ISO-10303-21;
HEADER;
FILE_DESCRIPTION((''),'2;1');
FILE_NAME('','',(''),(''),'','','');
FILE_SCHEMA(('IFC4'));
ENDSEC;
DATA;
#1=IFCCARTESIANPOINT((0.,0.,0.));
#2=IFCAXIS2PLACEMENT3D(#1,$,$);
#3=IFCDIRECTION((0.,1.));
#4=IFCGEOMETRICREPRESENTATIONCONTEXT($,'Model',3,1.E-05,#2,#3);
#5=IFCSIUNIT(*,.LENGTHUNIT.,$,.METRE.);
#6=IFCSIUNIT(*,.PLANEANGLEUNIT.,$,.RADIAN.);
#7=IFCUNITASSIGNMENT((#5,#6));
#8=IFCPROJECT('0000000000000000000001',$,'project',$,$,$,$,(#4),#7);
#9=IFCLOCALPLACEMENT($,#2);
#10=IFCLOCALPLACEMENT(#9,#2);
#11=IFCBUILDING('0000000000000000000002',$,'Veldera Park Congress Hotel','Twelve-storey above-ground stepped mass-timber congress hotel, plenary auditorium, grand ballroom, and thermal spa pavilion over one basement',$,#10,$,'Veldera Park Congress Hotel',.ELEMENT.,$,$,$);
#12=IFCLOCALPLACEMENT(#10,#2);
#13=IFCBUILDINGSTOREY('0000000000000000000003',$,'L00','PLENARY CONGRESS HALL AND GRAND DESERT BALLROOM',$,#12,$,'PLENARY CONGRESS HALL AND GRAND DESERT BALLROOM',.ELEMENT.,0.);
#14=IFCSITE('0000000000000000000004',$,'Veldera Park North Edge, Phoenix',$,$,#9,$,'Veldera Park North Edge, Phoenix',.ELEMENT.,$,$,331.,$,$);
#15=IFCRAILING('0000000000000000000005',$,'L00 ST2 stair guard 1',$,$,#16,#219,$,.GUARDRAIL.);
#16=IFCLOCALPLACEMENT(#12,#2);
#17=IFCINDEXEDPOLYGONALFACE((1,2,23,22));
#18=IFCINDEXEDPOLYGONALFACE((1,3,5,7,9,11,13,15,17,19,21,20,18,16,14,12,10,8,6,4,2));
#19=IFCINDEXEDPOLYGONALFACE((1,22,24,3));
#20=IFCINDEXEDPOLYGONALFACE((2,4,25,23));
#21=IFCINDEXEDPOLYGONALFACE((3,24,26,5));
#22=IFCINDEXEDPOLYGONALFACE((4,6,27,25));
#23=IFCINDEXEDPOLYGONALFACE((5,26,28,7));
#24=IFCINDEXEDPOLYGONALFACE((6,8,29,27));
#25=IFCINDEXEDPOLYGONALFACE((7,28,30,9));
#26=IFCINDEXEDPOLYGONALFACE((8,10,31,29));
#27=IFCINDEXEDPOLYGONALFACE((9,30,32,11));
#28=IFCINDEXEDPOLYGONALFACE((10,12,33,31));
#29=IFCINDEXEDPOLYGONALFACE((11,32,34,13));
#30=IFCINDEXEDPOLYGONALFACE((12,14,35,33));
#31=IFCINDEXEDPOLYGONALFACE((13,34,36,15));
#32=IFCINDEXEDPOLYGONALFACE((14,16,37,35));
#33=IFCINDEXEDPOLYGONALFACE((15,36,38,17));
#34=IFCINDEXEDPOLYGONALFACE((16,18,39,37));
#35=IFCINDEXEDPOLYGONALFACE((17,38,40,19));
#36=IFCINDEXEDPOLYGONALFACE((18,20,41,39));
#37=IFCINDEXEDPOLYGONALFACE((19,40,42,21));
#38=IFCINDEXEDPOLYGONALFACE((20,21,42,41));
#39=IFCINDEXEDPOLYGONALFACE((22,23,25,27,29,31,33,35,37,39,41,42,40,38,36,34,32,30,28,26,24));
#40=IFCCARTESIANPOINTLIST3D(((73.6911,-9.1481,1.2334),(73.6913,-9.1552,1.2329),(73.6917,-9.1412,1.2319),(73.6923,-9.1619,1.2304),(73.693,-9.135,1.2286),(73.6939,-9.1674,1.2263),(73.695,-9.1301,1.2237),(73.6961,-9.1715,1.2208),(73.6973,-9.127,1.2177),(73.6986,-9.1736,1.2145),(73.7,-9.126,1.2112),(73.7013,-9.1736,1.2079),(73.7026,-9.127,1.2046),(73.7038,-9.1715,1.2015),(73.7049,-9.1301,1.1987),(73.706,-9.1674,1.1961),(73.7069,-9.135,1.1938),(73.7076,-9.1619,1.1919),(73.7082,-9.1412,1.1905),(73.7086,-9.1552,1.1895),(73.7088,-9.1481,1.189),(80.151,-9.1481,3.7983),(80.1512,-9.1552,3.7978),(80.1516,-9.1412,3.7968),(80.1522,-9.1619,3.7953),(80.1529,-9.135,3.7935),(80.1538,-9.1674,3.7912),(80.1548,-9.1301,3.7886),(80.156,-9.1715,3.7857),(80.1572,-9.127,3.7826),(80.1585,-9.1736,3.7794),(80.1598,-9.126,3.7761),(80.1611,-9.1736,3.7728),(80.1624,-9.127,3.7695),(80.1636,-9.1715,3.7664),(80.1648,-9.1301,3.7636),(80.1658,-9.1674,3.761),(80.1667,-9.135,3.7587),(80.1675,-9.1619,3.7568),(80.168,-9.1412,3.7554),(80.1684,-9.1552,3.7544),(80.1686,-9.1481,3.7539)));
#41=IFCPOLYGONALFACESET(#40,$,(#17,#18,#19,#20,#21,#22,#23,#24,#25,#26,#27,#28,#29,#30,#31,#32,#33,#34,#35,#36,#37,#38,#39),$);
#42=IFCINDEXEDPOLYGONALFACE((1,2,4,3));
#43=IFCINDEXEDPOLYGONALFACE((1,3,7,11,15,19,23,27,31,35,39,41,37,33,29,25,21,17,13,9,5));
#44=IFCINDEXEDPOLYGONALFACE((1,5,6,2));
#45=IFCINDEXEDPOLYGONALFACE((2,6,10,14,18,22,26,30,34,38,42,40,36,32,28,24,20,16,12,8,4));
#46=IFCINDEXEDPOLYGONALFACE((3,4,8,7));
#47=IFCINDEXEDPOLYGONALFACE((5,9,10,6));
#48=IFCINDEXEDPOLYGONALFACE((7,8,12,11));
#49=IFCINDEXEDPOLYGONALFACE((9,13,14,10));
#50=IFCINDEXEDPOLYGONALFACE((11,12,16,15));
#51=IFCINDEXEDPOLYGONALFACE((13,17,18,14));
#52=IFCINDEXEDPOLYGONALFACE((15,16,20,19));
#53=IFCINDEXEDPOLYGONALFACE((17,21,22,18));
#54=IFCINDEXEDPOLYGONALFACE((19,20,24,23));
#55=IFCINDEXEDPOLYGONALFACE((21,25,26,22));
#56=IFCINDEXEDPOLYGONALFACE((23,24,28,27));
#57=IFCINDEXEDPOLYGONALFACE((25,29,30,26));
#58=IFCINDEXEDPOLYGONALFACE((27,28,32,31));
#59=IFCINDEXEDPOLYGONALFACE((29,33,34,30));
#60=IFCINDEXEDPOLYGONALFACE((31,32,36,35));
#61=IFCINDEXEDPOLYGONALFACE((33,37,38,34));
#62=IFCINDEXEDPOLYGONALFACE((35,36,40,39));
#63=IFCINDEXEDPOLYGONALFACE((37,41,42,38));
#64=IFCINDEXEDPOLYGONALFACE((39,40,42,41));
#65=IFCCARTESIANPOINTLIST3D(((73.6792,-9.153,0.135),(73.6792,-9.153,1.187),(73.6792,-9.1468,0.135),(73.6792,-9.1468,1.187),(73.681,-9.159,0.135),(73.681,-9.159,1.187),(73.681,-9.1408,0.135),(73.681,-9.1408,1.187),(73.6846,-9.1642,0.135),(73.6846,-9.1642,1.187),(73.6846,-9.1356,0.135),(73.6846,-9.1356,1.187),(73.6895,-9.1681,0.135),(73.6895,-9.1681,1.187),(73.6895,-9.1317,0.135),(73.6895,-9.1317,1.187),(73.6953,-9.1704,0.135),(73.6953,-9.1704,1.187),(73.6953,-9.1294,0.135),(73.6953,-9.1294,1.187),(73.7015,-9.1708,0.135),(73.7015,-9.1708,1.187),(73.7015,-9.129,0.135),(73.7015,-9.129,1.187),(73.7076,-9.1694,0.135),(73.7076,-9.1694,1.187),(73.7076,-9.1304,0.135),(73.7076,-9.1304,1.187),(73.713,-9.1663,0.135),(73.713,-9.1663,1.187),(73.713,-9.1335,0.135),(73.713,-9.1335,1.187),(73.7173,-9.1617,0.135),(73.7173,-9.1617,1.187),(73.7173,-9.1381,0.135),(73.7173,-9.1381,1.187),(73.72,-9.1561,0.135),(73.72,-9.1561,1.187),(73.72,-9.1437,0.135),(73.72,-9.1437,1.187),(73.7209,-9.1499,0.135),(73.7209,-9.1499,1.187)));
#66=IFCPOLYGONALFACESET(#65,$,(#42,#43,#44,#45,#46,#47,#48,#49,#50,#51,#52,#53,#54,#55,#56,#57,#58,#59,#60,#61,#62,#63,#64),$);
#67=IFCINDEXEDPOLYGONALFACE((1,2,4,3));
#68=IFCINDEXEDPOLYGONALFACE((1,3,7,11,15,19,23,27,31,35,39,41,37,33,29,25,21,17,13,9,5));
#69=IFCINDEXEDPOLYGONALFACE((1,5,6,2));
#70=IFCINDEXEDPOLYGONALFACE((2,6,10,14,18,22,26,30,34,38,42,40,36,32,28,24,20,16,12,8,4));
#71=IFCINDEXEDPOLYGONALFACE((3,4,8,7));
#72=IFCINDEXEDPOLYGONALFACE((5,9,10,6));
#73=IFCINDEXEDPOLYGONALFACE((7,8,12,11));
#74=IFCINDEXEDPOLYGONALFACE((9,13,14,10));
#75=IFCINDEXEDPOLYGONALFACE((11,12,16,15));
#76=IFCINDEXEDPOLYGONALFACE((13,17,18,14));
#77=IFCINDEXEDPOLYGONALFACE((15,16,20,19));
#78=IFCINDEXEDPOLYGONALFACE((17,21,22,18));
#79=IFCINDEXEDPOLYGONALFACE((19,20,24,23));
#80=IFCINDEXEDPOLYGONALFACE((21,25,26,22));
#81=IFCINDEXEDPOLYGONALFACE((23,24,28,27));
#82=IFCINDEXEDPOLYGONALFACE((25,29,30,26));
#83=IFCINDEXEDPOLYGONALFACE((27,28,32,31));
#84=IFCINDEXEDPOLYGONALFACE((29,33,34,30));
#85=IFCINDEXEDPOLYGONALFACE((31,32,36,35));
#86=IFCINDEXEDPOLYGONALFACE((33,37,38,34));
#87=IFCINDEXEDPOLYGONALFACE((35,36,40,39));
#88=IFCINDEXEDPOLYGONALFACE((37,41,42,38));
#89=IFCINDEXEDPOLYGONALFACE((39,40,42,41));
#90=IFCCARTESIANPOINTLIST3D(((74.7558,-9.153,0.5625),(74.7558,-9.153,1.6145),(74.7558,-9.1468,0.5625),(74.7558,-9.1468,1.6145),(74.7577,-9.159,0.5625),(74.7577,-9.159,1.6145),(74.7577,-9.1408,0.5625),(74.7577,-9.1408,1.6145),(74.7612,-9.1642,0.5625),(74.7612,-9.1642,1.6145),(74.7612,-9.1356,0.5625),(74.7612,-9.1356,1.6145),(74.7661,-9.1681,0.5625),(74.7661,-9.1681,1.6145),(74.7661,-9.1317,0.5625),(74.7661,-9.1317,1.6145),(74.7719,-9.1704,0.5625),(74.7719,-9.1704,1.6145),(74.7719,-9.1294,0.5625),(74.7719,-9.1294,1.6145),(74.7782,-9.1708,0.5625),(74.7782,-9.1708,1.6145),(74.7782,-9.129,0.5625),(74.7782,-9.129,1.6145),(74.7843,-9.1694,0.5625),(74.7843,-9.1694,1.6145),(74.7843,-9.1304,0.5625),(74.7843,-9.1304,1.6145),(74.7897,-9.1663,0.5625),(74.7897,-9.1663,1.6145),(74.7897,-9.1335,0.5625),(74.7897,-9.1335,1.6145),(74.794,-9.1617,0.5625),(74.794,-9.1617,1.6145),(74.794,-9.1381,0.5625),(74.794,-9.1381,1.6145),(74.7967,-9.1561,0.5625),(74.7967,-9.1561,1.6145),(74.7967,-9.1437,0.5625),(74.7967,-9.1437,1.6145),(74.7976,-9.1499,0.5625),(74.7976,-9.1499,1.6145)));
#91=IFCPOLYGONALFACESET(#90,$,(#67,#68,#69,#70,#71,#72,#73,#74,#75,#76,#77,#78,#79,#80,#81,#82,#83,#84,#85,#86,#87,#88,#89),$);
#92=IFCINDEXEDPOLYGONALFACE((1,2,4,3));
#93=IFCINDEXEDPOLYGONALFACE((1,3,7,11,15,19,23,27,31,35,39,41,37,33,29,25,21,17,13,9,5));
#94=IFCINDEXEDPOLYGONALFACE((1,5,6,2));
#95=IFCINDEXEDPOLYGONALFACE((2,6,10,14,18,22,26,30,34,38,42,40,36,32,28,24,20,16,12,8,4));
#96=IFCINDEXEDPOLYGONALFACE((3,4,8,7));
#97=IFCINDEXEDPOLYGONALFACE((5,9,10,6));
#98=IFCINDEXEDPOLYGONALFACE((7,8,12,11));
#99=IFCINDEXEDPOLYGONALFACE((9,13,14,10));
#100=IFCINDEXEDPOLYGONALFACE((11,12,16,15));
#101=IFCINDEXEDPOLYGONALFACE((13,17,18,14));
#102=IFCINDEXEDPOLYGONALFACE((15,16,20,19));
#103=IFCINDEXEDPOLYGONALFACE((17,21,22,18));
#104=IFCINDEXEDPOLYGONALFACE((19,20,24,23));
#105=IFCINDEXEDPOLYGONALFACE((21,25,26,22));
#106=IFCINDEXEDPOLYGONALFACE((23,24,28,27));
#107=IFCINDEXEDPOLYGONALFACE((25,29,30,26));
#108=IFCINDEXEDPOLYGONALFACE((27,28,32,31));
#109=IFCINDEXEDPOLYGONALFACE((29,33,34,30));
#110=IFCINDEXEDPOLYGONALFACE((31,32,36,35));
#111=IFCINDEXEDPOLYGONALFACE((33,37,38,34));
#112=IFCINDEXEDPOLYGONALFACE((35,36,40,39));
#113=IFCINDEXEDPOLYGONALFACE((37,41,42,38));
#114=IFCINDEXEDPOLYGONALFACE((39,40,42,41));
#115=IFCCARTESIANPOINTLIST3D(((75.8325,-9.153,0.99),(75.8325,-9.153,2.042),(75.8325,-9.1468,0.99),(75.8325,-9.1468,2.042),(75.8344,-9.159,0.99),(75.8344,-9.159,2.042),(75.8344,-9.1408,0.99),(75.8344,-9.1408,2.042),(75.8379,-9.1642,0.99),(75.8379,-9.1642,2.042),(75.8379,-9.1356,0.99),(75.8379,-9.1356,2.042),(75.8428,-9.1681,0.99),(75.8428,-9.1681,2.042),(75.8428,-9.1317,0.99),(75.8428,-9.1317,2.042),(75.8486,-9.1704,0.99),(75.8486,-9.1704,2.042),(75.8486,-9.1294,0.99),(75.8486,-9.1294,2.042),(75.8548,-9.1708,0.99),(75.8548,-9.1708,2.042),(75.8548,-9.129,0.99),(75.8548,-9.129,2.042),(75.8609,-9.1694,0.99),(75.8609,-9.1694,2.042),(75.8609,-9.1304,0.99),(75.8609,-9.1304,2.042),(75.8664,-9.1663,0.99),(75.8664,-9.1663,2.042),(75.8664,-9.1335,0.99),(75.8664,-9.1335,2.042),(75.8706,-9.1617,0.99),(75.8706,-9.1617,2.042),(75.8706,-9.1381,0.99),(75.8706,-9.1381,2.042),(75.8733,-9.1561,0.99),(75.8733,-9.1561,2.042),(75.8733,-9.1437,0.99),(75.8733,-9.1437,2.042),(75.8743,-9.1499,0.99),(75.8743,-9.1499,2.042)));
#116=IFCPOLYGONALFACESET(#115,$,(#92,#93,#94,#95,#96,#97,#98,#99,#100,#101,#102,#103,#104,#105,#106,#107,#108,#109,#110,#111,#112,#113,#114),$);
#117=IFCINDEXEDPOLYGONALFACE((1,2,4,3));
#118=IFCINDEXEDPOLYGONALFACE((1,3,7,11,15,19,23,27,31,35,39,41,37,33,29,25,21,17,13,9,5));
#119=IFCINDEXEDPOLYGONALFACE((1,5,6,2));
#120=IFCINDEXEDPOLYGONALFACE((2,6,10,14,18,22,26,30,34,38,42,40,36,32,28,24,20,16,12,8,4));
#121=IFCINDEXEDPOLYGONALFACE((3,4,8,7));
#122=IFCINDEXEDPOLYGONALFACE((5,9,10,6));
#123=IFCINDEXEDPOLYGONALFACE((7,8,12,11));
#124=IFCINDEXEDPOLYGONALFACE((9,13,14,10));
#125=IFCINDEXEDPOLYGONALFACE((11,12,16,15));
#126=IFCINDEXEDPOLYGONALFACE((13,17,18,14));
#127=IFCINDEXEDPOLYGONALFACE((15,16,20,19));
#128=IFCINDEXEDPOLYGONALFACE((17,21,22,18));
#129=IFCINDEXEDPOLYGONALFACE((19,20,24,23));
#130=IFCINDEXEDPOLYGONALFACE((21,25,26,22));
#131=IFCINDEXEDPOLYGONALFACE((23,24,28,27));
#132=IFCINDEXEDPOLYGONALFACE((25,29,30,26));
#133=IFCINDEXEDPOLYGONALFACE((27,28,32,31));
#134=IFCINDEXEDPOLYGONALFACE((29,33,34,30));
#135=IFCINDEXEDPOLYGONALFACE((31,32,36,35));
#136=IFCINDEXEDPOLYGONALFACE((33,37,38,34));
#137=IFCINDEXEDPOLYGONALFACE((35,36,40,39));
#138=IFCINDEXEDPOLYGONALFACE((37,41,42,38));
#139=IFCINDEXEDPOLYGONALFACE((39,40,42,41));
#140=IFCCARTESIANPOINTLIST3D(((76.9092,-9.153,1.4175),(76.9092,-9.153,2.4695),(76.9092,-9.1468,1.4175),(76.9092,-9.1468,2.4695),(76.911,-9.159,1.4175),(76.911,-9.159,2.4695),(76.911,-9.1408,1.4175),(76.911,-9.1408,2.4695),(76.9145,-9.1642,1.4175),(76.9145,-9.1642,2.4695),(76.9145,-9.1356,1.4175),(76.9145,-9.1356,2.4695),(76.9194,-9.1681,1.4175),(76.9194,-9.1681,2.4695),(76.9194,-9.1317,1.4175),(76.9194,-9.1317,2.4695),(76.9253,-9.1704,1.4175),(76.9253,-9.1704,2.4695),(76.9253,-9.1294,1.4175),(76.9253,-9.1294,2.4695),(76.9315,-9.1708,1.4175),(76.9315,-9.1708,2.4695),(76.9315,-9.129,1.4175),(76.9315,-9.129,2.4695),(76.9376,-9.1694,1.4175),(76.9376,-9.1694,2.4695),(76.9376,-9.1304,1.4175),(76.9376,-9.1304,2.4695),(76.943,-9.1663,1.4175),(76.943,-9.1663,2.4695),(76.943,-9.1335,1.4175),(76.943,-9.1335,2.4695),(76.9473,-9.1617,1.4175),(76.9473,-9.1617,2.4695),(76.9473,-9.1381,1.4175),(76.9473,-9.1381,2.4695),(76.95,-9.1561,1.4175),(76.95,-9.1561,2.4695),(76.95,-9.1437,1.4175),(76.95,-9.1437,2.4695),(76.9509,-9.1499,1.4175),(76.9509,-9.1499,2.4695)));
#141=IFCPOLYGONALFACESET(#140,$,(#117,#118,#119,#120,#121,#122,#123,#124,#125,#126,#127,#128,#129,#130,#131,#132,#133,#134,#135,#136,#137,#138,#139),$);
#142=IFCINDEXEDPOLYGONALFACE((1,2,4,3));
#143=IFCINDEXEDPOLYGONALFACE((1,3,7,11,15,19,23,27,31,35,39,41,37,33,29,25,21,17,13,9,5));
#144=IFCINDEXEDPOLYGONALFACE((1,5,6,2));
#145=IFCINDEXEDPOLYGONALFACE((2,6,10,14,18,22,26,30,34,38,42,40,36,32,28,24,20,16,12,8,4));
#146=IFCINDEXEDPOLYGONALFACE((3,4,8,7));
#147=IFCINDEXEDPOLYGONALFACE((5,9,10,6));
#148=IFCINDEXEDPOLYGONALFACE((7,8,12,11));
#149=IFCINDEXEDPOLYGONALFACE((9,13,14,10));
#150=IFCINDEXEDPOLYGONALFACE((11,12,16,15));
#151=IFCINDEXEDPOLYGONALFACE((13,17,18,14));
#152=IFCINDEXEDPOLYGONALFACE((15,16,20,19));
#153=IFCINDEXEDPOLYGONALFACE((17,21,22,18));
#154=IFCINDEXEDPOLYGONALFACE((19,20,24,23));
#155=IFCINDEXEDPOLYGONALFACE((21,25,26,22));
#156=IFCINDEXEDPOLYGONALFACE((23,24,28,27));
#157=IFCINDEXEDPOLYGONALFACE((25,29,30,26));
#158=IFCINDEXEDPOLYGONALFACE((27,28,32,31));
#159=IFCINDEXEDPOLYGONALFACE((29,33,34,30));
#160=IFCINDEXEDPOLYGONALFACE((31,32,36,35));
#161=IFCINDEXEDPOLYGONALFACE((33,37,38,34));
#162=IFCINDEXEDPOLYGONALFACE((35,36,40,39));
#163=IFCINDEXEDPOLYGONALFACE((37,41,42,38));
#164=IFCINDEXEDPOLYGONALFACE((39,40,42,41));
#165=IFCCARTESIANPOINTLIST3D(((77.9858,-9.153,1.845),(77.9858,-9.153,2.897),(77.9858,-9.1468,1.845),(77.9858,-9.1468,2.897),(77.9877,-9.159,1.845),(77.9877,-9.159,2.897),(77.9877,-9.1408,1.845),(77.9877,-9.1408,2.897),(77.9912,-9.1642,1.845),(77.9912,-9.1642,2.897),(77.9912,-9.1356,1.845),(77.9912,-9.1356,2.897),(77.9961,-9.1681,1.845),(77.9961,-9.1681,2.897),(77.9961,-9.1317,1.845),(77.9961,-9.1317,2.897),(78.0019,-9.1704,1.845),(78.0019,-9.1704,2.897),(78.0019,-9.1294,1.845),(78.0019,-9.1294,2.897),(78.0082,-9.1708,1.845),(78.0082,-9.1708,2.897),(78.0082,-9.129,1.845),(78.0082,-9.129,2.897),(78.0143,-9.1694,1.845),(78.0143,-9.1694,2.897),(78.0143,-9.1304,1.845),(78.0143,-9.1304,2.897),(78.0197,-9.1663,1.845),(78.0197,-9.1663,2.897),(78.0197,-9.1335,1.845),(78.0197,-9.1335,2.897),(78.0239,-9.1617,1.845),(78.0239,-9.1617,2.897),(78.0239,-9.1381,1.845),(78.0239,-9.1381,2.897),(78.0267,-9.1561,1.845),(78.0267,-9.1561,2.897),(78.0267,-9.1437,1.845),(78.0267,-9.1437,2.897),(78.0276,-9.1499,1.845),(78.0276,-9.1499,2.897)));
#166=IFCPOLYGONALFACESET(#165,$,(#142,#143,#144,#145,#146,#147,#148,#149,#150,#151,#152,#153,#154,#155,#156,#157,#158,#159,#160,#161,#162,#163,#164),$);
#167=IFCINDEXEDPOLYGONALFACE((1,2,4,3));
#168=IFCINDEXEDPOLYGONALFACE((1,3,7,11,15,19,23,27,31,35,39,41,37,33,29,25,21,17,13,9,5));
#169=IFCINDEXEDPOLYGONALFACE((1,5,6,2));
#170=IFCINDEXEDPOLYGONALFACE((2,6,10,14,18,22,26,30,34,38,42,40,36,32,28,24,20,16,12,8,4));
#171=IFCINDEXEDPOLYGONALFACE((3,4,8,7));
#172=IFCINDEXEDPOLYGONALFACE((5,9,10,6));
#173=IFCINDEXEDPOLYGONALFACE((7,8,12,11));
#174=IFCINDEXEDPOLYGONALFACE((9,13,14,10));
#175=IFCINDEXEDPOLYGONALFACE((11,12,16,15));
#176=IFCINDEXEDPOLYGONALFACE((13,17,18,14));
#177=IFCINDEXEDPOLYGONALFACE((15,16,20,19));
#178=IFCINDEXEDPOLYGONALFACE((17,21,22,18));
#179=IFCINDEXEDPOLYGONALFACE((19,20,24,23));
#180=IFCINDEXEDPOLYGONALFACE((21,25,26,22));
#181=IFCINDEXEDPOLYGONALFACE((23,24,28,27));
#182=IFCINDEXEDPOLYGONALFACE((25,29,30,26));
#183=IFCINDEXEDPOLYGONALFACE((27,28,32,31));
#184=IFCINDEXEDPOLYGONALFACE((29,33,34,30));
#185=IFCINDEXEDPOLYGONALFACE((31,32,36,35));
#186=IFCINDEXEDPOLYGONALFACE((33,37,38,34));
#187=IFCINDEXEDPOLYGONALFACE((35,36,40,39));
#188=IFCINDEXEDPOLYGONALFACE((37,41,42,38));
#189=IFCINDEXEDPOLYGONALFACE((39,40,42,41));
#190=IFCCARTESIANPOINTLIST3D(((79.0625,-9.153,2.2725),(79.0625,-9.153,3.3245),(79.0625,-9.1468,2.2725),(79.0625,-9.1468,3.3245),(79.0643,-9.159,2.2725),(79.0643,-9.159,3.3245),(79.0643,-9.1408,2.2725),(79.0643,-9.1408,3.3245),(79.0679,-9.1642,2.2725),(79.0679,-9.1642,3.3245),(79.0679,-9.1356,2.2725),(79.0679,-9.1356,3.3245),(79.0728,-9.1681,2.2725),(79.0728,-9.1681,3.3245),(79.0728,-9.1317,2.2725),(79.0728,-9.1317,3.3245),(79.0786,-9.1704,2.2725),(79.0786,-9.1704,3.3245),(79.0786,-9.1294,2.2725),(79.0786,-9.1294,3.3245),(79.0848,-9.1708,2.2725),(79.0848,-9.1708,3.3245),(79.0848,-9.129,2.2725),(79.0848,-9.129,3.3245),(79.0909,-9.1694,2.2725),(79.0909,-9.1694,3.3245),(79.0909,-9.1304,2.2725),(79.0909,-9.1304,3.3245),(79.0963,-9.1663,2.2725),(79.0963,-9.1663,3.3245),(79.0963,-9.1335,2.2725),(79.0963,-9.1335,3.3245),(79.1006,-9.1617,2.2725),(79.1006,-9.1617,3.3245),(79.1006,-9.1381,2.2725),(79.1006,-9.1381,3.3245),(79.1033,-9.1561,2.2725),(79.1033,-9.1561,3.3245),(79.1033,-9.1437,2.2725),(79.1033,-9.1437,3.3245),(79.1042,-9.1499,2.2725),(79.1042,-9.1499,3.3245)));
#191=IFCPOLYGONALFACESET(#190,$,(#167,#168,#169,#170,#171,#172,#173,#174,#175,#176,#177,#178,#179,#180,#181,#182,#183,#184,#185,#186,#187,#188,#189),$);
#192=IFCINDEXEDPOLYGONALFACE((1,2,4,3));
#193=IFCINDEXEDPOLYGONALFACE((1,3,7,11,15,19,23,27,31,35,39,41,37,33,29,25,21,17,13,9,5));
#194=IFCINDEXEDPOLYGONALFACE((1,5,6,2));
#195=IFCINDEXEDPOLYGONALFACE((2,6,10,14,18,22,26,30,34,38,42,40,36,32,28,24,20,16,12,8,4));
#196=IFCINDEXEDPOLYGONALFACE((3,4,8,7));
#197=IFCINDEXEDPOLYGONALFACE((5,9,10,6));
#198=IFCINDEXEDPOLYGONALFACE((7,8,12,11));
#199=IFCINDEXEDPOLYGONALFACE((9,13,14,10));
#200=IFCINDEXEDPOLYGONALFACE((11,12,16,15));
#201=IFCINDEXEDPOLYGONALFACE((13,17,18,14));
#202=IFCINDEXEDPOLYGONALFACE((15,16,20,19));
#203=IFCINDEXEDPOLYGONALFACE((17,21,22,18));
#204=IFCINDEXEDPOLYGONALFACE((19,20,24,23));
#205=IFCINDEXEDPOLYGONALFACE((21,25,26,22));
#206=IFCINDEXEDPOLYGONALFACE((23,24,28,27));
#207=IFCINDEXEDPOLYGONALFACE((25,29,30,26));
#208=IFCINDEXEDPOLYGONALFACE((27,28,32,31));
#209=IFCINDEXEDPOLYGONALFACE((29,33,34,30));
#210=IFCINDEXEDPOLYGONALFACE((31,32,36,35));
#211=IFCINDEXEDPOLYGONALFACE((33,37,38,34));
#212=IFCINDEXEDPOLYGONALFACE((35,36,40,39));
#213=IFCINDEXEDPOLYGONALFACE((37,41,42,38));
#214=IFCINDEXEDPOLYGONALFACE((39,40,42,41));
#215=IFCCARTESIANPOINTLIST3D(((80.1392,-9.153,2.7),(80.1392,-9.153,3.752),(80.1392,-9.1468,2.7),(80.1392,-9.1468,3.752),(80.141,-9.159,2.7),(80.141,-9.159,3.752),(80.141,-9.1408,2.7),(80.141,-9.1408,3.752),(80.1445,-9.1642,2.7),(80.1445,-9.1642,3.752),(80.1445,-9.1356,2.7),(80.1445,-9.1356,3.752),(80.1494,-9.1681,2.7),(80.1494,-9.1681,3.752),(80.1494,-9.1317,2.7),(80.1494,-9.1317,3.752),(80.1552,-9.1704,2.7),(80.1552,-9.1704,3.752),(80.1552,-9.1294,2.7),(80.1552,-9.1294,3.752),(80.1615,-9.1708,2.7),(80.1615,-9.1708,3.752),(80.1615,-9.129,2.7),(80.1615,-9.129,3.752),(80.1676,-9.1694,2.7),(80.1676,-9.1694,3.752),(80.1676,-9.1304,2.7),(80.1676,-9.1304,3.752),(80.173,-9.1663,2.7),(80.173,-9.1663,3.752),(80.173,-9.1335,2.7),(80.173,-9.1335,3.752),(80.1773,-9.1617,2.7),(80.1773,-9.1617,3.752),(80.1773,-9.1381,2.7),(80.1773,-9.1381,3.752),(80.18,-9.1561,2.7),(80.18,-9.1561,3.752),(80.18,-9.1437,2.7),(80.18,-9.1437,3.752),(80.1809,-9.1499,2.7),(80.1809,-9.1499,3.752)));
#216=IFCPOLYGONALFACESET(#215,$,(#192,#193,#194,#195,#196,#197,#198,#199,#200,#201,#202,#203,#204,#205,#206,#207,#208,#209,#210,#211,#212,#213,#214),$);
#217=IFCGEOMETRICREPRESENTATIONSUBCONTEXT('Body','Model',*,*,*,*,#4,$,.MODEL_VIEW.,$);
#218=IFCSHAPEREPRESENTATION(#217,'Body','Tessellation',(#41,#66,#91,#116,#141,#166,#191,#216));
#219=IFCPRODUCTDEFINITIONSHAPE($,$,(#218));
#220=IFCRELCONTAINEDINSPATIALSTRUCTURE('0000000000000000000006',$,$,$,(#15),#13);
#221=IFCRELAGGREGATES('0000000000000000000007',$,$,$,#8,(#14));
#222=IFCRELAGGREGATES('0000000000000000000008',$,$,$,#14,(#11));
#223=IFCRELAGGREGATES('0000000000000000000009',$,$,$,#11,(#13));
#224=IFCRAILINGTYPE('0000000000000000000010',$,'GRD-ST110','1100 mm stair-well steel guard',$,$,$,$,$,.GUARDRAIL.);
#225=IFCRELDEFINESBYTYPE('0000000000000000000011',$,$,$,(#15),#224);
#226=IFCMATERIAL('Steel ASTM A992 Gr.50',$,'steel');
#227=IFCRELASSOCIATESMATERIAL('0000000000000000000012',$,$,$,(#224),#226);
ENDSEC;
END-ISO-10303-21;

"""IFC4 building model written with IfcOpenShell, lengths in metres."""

from ifc_helpers import new_model, si_unit, direction, frame, origin, origin_2d, place, context, subcontext, project, spatial, circle, extrude, material, type_object, element, save


model = new_model("IFC4")

# Units and contexts
model_context = context("Model", 3, precision=1e-05, world=origin(), true_north=direction((0.0, 1.0)))
body_context = subcontext(model_context, "Body", "Model", "MODEL_VIEW")
ifc_project = project(units=[si_unit("LENGTHUNIT", "METRE"), si_unit("PLANEANGLEUNIT", "RADIAN")], contexts=[model_context])

# Site, building, storey
site_placement = place(None, origin())
site = spatial("IfcSite", under=ifc_project, at=site_placement, Name="Veldera Park North Edge, Phoenix", LongName="Veldera Park North Edge, Phoenix", CompositionType="ELEMENT", RefElevation=331.0)
building_placement = place(site_placement, origin())
building = spatial("IfcBuilding", under=site, at=building_placement, Name="Veldera Park Congress Hotel", Description="Twelve-storey above-ground stepped mass-timber congress hotel, plenary auditorium, grand ballroom, and thermal spa pavilion over one basement", LongName="Veldera Park Congress Hotel", CompositionType="ELEMENT")
storey_placement = place(building_placement, origin())
storey = spatial("IfcBuildingStorey", under=building, at=storey_placement, Name="L00", Description="PLENARY CONGRESS HALL AND GRAND DESERT BALLROOM", LongName="PLENARY CONGRESS HALL AND GRAND DESERT BALLROOM", CompositionType="ELEMENT", Elevation=0.0)

# Railing
ifc_material_1 = material(Name="Steel ASTM A992 Gr.50", Category="steel")
railing_type_1 = type_object("IfcRailingType", Name="GRD-ST110", Description="1100 mm stair-well steel guard", PredefinedType="GUARDRAIL", material=ifc_material_1)
railing_1_placement = place(storey_placement, frame((73.7, -9.1499, 0.135)))
element("IfcRailing", 1, at=railing_1_placement, inside=storey, type_object=railing_type_1, Name="L00 ST2 stair guard 1", PredefinedType="GUARDRAIL", context=body_context, shape_type="SweptSolid", body=[
    extrude(circle(Radius=0.0239, at=origin_2d()), frame((0.0, 0.0, 1.0762), z_axis=(0.929418, 0.0, 0.369028), x_axis=(0.0, 1.0, 0.0)), (0.0, 0.0, 1.0), 6.9504),
    extrude(circle(Radius=0.021, at=origin_2d()), origin(), (0.0, 0.0, 1.0), 1.052),
    extrude(circle(Radius=0.021, at=origin_2d()), frame((1.0767, 0.0, 0.4275)), (0.0, 0.0, 1.0), 1.052),
    extrude(circle(Radius=0.021, at=origin_2d()), frame((2.1533, 0.0, 0.855)), (0.0, 0.0, 1.0), 1.052),
    extrude(circle(Radius=0.021, at=origin_2d()), frame((3.23, 0.0, 1.2825)), (0.0, 0.0, 1.0), 1.052),
    extrude(circle(Radius=0.021, at=origin_2d()), frame((4.3066, 0.0, 1.71)), (0.0, 0.0, 1.0), 1.052),
    extrude(circle(Radius=0.021, at=origin_2d()), frame((5.3833, 0.0, 2.1375)), (0.0, 0.0, 1.0), 1.052),
    extrude(circle(Radius=0.021, at=origin_2d()), frame((6.46, 0.0, 2.5649)), (0.0, 0.0, 1.0), 1.052),
])

save(model, "model.ifc")
